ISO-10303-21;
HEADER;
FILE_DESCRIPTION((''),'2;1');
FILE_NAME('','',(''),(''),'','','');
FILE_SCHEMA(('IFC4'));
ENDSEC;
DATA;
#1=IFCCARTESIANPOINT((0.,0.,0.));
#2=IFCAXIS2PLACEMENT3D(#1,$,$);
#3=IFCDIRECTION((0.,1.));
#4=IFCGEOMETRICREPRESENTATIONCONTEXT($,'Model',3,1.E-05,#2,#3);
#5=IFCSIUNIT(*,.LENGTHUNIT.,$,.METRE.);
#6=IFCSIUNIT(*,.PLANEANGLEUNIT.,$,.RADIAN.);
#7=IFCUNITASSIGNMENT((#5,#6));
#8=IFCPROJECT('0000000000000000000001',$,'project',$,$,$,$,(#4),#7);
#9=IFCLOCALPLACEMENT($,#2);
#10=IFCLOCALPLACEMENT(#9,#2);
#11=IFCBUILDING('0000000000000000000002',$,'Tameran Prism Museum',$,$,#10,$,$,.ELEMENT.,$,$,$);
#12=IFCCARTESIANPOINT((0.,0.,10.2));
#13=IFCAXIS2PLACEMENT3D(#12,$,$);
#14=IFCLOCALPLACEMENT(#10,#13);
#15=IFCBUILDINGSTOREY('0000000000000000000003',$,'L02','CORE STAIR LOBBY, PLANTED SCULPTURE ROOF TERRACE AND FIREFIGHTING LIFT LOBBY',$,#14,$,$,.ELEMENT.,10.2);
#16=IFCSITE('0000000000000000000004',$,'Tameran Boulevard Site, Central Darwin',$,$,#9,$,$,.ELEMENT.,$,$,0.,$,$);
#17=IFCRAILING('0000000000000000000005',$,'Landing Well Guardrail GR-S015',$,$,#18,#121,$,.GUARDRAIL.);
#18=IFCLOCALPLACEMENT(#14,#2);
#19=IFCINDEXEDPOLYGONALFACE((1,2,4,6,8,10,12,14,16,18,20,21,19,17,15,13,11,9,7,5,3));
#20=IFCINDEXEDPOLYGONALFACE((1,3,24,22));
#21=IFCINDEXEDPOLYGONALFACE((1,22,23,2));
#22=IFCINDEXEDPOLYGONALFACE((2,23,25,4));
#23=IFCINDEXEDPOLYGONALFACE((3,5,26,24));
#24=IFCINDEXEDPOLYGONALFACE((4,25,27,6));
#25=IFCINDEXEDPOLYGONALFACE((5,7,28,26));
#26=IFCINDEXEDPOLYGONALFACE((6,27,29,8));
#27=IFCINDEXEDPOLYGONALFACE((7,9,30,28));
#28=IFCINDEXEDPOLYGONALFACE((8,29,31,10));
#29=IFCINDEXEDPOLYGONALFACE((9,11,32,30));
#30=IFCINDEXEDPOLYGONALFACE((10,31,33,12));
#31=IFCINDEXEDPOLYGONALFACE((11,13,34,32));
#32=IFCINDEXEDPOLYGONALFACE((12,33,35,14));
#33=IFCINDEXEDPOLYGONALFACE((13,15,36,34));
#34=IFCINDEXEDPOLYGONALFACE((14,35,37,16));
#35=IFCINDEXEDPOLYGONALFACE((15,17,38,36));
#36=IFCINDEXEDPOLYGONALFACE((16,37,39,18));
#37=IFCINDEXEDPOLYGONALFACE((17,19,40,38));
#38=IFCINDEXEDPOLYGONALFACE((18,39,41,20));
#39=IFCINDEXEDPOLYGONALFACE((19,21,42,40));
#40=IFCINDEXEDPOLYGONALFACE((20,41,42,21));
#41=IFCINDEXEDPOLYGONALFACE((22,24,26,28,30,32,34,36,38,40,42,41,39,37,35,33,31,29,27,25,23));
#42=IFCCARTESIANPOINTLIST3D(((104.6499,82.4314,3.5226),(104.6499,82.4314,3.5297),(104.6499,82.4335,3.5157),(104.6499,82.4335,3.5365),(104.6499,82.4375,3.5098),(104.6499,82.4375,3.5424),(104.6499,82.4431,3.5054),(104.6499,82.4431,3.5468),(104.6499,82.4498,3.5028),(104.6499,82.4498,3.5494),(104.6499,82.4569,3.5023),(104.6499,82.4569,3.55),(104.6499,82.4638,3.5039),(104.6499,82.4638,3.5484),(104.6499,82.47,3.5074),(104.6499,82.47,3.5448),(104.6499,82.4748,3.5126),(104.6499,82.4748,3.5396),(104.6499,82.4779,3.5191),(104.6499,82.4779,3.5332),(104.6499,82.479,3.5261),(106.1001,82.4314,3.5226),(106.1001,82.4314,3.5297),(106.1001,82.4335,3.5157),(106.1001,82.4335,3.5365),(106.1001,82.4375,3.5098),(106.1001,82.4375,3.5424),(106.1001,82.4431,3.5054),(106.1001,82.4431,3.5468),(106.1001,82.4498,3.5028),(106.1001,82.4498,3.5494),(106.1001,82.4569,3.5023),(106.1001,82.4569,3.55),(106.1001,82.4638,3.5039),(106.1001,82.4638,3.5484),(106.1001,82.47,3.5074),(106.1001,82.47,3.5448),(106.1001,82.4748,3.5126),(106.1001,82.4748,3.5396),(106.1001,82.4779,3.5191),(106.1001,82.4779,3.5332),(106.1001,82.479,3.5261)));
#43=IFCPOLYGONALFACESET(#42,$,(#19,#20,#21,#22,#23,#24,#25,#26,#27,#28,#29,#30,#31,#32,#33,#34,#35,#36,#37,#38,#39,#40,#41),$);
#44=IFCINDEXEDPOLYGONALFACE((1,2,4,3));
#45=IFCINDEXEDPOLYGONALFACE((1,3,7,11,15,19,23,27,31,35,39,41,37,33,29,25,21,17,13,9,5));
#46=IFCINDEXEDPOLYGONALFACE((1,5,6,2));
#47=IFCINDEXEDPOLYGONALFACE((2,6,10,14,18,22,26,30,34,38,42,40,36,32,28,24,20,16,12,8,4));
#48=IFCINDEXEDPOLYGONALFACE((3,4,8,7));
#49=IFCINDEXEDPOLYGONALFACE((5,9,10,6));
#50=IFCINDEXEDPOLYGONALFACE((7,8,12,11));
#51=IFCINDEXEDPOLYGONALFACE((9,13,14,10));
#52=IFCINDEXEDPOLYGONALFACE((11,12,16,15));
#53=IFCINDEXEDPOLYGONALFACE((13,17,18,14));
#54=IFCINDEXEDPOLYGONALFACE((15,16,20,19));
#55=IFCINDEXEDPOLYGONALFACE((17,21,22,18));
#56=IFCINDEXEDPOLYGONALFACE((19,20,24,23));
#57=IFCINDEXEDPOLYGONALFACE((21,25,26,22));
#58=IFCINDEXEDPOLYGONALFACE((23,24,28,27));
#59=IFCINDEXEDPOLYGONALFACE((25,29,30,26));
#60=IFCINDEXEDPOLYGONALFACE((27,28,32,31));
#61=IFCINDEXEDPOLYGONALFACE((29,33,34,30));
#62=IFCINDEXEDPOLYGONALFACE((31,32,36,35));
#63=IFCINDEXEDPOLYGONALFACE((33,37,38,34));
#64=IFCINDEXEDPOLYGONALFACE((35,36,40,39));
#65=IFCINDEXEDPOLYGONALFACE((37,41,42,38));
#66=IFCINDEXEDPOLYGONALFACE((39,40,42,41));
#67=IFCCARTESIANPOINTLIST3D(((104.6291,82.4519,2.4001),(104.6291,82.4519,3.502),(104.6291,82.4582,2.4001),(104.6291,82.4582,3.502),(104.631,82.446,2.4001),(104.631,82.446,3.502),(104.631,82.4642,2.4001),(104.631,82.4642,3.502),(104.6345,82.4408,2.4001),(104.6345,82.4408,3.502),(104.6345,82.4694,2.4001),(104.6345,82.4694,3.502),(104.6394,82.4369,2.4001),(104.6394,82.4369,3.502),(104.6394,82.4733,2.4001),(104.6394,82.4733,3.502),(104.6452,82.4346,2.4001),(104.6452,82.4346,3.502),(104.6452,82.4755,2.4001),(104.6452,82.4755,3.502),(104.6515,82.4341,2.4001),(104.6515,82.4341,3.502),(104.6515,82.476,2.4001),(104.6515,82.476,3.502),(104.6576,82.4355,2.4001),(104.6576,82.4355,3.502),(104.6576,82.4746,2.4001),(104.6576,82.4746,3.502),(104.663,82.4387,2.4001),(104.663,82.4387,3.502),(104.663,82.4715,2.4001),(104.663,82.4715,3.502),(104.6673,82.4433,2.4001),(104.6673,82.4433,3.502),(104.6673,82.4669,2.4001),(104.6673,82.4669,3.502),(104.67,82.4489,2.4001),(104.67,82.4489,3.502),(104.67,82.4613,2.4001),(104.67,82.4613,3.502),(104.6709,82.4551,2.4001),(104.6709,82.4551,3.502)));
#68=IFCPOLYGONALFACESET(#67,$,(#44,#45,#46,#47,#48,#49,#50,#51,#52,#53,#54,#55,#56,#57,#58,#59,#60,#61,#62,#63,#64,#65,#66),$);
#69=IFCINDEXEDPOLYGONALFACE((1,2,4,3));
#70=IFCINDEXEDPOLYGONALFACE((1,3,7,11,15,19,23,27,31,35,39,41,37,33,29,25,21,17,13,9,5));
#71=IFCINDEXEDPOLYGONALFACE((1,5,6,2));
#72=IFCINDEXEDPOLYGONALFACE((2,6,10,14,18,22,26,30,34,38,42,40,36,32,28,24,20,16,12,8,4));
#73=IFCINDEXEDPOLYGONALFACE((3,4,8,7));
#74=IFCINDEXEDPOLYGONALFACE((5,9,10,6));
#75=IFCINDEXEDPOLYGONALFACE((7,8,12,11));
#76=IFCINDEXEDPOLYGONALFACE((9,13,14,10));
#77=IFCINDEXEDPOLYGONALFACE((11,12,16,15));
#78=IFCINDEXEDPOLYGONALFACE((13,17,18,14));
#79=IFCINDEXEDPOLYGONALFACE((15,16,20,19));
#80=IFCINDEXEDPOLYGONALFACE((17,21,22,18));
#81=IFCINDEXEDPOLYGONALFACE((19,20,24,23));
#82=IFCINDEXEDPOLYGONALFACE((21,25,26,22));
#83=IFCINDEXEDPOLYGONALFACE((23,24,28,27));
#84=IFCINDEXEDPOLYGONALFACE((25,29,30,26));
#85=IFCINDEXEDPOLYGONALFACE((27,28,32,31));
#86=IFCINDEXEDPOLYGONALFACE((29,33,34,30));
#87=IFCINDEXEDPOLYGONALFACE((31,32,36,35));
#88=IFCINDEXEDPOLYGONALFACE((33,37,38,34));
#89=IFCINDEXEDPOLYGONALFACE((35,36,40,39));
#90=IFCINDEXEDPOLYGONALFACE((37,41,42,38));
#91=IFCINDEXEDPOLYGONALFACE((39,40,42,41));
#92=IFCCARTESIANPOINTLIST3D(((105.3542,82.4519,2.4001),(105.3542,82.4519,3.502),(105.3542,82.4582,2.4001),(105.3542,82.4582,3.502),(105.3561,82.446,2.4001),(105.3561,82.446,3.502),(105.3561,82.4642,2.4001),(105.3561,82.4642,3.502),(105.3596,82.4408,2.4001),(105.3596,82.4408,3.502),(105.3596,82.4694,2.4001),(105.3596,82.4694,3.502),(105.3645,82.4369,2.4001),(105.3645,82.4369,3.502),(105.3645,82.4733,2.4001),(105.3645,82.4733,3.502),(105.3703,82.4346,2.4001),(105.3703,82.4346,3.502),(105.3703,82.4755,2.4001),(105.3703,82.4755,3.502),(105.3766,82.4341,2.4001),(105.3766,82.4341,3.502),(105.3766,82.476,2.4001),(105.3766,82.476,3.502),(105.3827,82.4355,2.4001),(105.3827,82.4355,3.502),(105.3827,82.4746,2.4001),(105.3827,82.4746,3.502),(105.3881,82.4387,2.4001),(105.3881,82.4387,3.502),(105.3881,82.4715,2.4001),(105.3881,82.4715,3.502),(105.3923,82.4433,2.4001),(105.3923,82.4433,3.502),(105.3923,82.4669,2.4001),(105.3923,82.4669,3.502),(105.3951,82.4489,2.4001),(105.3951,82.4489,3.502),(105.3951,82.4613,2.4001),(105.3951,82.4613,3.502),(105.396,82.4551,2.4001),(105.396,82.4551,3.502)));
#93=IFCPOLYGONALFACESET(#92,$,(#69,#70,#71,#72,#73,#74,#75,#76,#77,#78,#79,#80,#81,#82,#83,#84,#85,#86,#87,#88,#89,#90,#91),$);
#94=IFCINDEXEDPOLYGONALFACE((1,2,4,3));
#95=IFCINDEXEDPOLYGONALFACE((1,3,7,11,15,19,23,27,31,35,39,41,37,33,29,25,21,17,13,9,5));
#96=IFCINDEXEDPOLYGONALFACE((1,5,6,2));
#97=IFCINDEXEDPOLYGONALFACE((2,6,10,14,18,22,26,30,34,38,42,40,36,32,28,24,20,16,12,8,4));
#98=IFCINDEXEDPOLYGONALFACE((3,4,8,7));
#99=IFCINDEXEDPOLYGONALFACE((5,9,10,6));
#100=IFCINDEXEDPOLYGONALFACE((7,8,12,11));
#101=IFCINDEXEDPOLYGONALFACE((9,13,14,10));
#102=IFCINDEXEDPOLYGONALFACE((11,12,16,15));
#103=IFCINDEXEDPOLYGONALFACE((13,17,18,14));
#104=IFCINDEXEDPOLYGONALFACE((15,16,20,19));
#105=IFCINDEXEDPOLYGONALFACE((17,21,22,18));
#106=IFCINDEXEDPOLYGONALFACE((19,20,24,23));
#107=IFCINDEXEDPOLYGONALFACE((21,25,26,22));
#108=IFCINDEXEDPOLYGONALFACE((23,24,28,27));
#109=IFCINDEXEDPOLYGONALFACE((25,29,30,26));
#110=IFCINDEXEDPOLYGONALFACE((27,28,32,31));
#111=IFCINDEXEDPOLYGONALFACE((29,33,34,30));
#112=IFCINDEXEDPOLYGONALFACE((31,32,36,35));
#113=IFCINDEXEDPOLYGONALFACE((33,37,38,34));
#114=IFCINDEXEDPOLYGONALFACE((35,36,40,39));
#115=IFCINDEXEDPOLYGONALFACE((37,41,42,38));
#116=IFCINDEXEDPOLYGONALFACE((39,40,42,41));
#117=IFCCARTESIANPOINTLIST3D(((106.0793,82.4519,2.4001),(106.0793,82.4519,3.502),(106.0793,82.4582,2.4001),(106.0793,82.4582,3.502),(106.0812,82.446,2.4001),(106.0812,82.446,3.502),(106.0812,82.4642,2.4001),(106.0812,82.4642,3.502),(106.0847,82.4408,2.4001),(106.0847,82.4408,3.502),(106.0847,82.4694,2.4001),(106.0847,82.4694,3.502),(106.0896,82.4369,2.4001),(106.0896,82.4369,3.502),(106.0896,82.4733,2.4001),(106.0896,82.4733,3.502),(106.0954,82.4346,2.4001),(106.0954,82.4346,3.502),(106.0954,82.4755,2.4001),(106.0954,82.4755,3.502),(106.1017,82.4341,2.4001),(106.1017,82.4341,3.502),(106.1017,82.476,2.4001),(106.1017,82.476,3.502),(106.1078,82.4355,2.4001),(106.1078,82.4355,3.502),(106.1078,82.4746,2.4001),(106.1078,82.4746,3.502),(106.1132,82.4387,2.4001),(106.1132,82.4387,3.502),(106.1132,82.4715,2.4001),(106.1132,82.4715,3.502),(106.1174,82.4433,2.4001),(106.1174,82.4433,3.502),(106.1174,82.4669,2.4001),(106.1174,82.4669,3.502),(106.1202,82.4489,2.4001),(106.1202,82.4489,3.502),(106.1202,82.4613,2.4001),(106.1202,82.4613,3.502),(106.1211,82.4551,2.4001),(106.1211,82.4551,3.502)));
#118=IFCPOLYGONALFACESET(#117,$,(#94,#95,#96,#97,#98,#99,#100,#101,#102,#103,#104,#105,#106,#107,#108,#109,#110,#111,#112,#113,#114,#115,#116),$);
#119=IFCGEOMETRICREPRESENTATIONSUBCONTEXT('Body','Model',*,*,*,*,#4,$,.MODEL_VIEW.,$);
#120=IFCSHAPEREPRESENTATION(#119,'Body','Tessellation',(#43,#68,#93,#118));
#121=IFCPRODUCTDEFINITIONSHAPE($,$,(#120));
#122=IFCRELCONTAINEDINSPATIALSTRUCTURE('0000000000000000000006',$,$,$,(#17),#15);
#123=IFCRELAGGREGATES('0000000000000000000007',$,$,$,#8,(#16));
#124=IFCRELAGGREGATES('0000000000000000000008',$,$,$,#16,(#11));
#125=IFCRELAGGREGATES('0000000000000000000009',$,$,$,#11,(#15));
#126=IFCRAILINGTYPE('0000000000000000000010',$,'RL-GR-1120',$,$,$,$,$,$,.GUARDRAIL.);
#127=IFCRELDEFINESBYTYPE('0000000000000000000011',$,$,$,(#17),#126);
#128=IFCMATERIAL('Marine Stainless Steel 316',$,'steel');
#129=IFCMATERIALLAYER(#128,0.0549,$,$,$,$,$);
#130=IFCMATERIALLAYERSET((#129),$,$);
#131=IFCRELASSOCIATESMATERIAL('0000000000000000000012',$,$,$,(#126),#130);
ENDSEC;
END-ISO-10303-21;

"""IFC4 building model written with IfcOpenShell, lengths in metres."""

from ifc_helpers import new_model, si_unit, direction, frame, origin, origin_2d, place, context, subcontext, project, spatial, circle, extrude, material, layer, layer_set, type_object, element, save


model = new_model("IFC4")

# Units and contexts
model_context = context("Model", 3, precision=1e-05, world=origin(), true_north=direction((0.0, 1.0)))
body_context = subcontext(model_context, "Body", "Model", "MODEL_VIEW")
ifc_project = project(units=[si_unit("LENGTHUNIT", "METRE"), si_unit("PLANEANGLEUNIT", "RADIAN")], contexts=[model_context])

# Site, building, storey
site_placement = place(None, origin())
site = spatial("IfcSite", under=ifc_project, at=site_placement, Name="Tameran Boulevard Site, Central Darwin", CompositionType="ELEMENT", RefElevation=0.0)
building_placement = place(site_placement, origin())
building = spatial("IfcBuilding", under=site, at=building_placement, Name="Tameran Prism Museum", CompositionType="ELEMENT")
storey_placement = place(building_placement, frame((0.0, 0.0, 10.2)))
storey = spatial("IfcBuildingStorey", under=building, at=storey_placement, Name="L02", Description="CORE STAIR LOBBY, PLANTED SCULPTURE ROOF TERRACE AND FIREFIGHTING LIFT LOBBY", CompositionType="ELEMENT", Elevation=10.2)

# Railing
ifc_material_1 = material(Name="Marine Stainless Steel 316", Category="steel")
ifc_layer_1 = layer(ifc_material_1, 0.0549)
ifc_layer_set_1 = layer_set([ifc_layer_1])
railing_type_1 = type_object("IfcRailingType", Name="RL-GR-1120", PredefinedType="GUARDRAIL", material=ifc_layer_set_1)
railing_1_placement = place(storey_placement, frame((104.6499, 82.4551, 2.4001)))
element("IfcRailing", 1, at=railing_1_placement, inside=storey, type_object=railing_type_1, Name="Landing Well Guardrail GR-S015", PredefinedType="GUARDRAIL", context=body_context, shape_type="SweptSolid", body=[
    extrude(circle(Radius=0.0239, at=origin_2d()), frame((0.0, 0.0, 1.126), z_axis=(1.0, 0.0, 0.0), x_axis=(0.0, 1.0, 0.0)), (0.0, 0.0, 1.0), 1.4502),
    extrude(circle(Radius=0.021, at=origin_2d()), origin(), (0.0, 0.0, 1.0), 1.1018),
    extrude(circle(Radius=0.021, at=origin_2d()), frame((0.7251, 0.0, 0.0)), (0.0, 0.0, 1.0), 1.1018),
    extrude(circle(Radius=0.021, at=origin_2d()), frame((1.4502, 0.0, 0.0)), (0.0, 0.0, 1.0), 1.1018),
])

save(model, "model.ifc")
